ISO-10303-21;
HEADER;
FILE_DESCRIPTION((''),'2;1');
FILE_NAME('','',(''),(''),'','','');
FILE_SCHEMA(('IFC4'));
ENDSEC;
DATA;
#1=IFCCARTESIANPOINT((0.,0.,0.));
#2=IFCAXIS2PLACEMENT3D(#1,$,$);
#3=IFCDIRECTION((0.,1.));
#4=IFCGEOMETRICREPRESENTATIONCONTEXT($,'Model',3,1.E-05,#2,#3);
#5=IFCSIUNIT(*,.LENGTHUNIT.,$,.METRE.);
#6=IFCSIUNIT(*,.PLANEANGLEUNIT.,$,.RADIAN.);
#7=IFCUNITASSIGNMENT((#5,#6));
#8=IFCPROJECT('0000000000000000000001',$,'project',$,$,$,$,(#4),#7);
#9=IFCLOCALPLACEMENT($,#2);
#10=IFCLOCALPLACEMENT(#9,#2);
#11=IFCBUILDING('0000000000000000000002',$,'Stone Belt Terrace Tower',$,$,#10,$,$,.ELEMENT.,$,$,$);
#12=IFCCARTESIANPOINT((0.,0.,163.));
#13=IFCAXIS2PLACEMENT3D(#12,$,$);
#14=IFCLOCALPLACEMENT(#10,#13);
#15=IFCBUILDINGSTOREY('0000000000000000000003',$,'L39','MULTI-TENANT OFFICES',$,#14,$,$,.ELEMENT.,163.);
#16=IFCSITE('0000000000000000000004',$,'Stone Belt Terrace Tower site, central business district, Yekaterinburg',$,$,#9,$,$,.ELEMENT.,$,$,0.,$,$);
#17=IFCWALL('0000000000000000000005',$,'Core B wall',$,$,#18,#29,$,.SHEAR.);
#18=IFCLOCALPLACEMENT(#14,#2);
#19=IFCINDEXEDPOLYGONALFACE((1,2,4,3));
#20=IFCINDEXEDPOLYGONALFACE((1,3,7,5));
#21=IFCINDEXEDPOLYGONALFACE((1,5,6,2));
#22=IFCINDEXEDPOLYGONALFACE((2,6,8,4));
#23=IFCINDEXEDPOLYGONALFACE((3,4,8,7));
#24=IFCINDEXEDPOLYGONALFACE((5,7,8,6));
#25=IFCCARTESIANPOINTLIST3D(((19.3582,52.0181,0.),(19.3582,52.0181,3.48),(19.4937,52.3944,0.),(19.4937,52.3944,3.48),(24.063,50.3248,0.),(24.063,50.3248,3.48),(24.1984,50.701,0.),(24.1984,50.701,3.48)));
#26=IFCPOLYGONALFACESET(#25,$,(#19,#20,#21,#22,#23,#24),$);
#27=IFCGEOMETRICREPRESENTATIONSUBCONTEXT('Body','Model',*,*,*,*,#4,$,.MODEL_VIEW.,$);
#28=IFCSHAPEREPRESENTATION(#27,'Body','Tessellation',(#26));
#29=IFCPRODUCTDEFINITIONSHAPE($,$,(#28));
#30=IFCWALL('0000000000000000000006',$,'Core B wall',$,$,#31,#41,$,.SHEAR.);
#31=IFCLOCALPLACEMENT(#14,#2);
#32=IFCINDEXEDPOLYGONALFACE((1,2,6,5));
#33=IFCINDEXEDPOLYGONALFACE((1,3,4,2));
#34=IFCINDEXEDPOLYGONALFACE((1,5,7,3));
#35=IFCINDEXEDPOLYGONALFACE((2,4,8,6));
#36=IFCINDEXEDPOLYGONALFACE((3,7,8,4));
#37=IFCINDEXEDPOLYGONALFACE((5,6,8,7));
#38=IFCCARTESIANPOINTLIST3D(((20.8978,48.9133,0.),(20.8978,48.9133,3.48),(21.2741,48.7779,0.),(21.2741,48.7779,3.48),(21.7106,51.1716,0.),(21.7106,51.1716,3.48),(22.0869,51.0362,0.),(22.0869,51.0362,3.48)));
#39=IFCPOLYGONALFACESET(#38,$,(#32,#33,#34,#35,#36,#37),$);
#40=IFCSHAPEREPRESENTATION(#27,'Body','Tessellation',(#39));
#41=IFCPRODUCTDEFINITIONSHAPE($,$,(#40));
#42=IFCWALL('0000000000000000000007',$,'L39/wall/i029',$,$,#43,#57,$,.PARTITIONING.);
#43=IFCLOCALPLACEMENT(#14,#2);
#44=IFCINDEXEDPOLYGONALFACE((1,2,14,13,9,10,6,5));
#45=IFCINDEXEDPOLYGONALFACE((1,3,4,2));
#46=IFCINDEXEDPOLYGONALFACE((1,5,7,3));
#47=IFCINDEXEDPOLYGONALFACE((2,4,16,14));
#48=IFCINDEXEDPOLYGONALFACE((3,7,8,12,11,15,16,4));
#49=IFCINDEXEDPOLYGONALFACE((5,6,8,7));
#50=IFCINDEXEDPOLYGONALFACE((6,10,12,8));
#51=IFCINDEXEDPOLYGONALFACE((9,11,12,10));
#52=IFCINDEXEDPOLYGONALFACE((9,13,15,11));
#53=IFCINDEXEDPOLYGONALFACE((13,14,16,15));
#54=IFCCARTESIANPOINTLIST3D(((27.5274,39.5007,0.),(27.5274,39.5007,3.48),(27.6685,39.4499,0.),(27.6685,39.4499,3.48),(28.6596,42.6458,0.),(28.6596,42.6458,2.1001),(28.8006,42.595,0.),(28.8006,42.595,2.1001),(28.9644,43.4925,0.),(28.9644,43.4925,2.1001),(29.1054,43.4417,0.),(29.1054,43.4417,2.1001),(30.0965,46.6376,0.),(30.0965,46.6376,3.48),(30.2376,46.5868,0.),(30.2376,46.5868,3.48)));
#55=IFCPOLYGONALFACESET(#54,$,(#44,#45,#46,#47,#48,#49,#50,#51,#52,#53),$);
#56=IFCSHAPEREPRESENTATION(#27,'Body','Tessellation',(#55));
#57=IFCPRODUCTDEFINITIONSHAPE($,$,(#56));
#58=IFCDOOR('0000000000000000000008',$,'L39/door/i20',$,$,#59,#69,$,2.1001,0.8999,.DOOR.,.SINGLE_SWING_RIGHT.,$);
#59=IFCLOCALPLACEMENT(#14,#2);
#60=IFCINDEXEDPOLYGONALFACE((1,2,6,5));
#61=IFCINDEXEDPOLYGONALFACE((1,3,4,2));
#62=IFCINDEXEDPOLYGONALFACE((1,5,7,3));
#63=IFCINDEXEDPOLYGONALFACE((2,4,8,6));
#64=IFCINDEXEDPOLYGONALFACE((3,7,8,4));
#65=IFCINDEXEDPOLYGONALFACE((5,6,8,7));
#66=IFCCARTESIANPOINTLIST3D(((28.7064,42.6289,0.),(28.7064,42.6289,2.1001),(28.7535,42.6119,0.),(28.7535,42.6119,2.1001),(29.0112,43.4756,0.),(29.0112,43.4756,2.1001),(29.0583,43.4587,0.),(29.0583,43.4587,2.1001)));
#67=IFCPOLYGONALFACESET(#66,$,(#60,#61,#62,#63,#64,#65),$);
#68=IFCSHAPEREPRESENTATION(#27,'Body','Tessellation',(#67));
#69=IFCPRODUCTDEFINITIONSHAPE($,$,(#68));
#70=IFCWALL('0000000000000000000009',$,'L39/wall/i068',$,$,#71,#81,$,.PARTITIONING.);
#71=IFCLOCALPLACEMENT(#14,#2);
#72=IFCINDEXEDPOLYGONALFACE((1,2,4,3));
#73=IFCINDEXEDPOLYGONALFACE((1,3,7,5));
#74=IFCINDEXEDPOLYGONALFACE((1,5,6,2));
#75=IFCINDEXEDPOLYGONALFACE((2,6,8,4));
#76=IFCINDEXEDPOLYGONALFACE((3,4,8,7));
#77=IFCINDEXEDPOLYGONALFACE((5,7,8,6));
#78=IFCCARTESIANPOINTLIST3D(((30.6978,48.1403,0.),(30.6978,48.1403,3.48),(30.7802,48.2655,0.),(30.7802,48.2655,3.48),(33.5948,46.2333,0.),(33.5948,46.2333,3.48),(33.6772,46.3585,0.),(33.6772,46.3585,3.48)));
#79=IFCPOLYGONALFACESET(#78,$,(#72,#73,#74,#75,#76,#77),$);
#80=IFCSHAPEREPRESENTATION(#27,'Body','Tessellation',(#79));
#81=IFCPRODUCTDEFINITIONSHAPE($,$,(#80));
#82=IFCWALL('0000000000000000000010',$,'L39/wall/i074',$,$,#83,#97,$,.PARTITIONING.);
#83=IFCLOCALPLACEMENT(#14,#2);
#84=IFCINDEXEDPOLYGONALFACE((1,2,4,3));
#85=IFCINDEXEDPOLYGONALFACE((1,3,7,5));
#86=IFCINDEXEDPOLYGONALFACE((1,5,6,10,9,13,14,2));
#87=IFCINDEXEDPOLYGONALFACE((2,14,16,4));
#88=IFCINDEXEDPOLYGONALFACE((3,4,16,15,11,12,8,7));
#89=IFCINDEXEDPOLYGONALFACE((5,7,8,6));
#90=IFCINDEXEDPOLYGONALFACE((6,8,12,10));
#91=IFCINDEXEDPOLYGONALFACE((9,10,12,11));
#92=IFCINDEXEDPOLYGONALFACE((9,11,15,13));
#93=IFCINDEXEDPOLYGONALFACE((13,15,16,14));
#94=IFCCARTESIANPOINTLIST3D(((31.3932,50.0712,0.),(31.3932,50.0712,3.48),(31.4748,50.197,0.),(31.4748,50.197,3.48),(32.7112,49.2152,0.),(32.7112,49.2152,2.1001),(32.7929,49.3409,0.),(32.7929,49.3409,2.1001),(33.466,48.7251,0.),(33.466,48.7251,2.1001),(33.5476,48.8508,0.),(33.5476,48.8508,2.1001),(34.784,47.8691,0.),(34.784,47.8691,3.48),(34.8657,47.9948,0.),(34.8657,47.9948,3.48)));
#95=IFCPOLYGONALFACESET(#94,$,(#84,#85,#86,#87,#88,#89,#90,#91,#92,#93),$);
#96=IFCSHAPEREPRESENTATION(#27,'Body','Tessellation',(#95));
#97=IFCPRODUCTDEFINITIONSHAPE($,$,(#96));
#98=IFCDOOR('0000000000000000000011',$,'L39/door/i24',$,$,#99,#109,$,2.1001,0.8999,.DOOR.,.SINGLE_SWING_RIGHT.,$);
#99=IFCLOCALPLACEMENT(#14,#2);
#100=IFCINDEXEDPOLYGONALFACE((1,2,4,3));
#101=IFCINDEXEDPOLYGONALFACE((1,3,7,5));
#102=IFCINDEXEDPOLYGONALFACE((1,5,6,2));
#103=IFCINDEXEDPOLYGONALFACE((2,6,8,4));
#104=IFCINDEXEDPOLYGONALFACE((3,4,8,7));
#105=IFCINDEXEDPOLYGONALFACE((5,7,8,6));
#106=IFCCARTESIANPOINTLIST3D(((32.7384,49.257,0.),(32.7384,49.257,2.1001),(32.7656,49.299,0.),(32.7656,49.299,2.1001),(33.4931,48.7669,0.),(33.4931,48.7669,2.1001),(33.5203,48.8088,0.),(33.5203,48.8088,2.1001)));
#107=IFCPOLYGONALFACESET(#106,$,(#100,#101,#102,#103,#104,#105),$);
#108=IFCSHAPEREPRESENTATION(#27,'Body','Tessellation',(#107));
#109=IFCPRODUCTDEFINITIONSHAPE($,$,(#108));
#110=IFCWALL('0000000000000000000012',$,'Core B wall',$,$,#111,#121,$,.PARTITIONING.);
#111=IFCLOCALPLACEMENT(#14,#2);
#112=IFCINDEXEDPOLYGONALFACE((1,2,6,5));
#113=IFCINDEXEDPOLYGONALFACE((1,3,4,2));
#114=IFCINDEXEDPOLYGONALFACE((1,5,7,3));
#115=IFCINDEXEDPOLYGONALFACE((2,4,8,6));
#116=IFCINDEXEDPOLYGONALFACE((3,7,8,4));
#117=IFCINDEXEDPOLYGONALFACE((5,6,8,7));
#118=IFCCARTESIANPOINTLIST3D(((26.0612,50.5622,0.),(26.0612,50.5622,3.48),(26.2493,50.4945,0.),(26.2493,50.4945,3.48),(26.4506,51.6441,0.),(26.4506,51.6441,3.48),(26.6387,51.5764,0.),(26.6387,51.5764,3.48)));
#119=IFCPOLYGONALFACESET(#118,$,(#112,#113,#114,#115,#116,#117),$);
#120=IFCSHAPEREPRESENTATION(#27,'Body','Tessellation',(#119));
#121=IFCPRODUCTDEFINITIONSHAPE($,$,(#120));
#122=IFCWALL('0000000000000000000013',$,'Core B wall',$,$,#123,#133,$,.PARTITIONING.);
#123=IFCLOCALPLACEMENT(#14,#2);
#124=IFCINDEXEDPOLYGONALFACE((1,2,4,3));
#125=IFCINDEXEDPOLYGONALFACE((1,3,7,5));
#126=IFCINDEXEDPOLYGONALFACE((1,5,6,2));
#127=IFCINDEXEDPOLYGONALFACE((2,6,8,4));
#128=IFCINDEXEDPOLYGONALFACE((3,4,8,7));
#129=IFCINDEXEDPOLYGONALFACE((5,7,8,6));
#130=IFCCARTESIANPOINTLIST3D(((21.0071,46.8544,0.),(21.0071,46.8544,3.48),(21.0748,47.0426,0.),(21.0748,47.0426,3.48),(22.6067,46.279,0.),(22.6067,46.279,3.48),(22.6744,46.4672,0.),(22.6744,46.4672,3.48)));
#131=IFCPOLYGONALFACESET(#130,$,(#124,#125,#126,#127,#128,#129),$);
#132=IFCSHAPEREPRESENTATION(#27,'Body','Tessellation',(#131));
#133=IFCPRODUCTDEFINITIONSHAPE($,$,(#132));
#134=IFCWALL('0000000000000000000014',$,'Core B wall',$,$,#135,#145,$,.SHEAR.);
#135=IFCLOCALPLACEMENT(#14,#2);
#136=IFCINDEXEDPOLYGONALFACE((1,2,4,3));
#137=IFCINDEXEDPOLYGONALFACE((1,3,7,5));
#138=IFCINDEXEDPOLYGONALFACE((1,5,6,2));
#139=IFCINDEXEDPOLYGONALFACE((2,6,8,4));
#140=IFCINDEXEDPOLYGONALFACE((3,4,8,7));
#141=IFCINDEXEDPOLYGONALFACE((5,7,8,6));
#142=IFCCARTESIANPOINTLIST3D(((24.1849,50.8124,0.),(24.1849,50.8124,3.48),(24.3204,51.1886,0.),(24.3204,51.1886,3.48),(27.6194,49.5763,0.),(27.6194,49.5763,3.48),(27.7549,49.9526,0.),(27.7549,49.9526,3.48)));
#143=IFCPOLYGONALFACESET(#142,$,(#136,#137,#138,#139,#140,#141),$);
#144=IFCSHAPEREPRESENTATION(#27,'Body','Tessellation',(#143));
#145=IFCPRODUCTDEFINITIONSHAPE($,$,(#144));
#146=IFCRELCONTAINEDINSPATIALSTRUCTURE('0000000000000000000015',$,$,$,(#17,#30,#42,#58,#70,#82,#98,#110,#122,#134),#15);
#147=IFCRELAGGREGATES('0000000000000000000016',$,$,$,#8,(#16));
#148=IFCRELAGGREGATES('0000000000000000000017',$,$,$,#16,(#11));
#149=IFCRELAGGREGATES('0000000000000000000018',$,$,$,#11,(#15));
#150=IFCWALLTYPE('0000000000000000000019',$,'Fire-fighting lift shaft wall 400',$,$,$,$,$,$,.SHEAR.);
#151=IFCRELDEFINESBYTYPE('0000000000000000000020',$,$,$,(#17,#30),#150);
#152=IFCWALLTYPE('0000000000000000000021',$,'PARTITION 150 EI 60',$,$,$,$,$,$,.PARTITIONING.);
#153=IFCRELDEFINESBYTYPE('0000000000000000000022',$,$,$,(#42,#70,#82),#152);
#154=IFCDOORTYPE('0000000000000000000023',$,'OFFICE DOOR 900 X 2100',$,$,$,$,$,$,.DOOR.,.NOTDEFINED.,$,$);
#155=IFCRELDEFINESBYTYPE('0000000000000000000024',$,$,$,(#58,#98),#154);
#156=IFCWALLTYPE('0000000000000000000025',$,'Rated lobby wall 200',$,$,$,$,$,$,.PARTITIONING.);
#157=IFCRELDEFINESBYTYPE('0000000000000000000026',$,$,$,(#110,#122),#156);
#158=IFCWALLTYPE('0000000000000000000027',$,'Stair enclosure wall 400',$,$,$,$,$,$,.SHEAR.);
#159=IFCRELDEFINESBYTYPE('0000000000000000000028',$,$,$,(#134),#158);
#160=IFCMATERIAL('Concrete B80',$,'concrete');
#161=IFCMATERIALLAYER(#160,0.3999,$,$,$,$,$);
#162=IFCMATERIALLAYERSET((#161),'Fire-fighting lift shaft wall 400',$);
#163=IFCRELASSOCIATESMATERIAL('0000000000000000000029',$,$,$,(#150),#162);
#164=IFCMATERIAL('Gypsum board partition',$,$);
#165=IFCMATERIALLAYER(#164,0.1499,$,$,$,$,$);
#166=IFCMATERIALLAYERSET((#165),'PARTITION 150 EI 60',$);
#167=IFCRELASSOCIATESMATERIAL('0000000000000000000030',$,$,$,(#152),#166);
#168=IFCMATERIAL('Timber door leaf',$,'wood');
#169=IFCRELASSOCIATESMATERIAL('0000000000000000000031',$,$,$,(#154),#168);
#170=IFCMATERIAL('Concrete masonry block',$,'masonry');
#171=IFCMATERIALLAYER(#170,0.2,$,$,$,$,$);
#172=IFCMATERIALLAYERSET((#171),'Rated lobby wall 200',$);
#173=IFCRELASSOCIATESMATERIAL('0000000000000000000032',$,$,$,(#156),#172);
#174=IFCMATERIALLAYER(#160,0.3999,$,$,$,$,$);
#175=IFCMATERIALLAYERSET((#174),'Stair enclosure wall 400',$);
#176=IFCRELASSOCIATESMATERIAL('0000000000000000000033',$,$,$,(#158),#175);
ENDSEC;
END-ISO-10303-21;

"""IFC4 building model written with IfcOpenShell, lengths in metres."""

from ifc_helpers import new_model, si_unit, direction, frame, frame_2d, origin, place, context, subcontext, project, spatial, rectangle, extrude, material, layer, layer_set, type_object, element, fill, save


model = new_model("IFC4")

# Units and contexts
model_context = context("Model", 3, precision=1e-05, world=origin(), true_north=direction((0.0, 1.0)))
body_context = subcontext(model_context, "Body", "Model", "MODEL_VIEW")
ifc_project = project(units=[si_unit("LENGTHUNIT", "METRE"), si_unit("PLANEANGLEUNIT", "RADIAN")], contexts=[model_context])

# Site, building, storey
site_placement = place(None, origin())
site = spatial("IfcSite", under=ifc_project, at=site_placement, Name="Stone Belt Terrace Tower site, central business district, Yekaterinburg", CompositionType="ELEMENT", RefElevation=0.0)
building_placement = place(site_placement, origin())
building = spatial("IfcBuilding", under=site, at=building_placement, Name="Stone Belt Terrace Tower", CompositionType="ELEMENT")
storey_placement = place(building_placement, frame((0.0, 0.0, 163.0)))
storey = spatial("IfcBuildingStorey", under=building, at=storey_placement, Name="L39", Description="MULTI-TENANT OFFICES", CompositionType="ELEMENT", Elevation=163.0)

# Walls
ifc_material_1 = material(Name="Concrete B80", Category="concrete")
ifc_layer_1 = layer(ifc_material_1, 0.3999)
ifc_layer_set_1 = layer_set([ifc_layer_1], Name="Fire-fighting lift shaft wall 400")
wall_type_1 = type_object("IfcWallType", Name="Fire-fighting lift shaft wall 400", PredefinedType="SHEAR", material=ifc_layer_set_1)
wall_1_placement = place(storey_placement, frame((24.1306, 50.5129, 0.0), z_axis=(0.0, 0.0, 1.0), x_axis=(-0.940912, 0.338652, 0.0)))
element("IfcWall", 1, at=wall_1_placement, inside=storey, type_object=wall_type_1, Name="Core B wall", PredefinedType="SHEAR", context=body_context, shape_type="SweptSolid", body=[
    extrude(rectangle(XDim=5.0002, YDim=0.3999, at=frame_2d((2.5, 0.0))), origin(), (0.0, 0.0, 1.0), 3.48),
])
wall_2_placement = place(storey_placement, frame((21.0859, 48.8455, 0.0), z_axis=(0.0, 0.0, 1.0), x_axis=(0.338629, 0.94092, 0.0)))
element("IfcWall", 2, at=wall_2_placement, inside=storey, type_object=wall_type_1, Name="Core B wall", PredefinedType="SHEAR", context=body_context, shape_type="SweptSolid", body=[
    extrude(rectangle(XDim=2.4001, YDim=0.3999, at=frame_2d((1.2002, 0.0))), origin(), (0.0, 0.0, 1.0), 3.48),
])

# Wall, opening, door
ifc_material_2 = material(Name="Gypsum board partition")
ifc_layer_2 = layer(ifc_material_2, 0.1499)
ifc_layer_set_2 = layer_set([ifc_layer_2], Name="PARTITION 150 EI 60")
wall_type_2 = type_object("IfcWallType", Name="PARTITION 150 EI 60", PredefinedType="PARTITIONING", material=ifc_layer_set_2)
wall_3_placement = place(storey_placement, frame((30.167, 46.6121, 0.0), z_axis=(0.0, 0.0, 1.0), x_axis=(-0.338694, -0.940896, 0.0)))
wall_3 = element("IfcWall", 3, at=wall_3_placement, inside=storey, type_object=wall_type_2, Name="L39/wall/i029", PredefinedType="PARTITIONING", context=body_context, shape_type="SweptSolid", body=[
    extrude(rectangle(XDim=7.5852, YDim=0.1499, at=frame_2d((3.7925, 0.0))), origin(), (0.0, 0.0, 1.0), 3.48),
])
opening_1_placement = place(wall_3_placement, frame((3.3425, 0.0, 0.0)))
opening_1 = element("IfcOpeningElement", 4, at=opening_1_placement, cuts=wall_3, PredefinedType="OPENING", context=body_context, shape_type="SweptSolid", body=[
    extrude(rectangle(XDim=0.8999, YDim=2.1001, at=frame_2d((0.45, 1.05))), frame((0.0, 0.085, 0.0), z_axis=(0.0, -1.0, 0.0), x_axis=(1.0, 0.0, 0.0)), (0.0, 0.0, 1.0), 0.1699),
])
ifc_material_3 = material(Name="Timber door leaf", Category="wood")
door_type_1 = type_object("IfcDoorType", Name="OFFICE DOOR 900 X 2100", OperationType="NOTDEFINED", PredefinedType="DOOR", material=ifc_material_3)
door_1_placement = place(opening_1_placement, origin())
door_1 = element("IfcDoor", 5, at=door_1_placement, inside=storey, type_object=door_type_1, Name="L39/door/i20", OperationType="SINGLE_SWING_RIGHT", OverallHeight=2.1001, OverallWidth=0.8999, PredefinedType="DOOR", context=body_context, shape_type="SweptSolid", body=[
    extrude(rectangle(XDim=0.8999, YDim=2.1001, at=frame_2d((0.45, 1.05))), frame((0.0, 0.0249, 0.0), z_axis=(0.0, -1.0, 0.0), x_axis=(1.0, 0.0, 0.0)), (0.0, 0.0, 1.0), 0.05),
])
fill(opening_1, door_1)

# Wall
wall_4_placement = place(storey_placement, frame((30.739, 48.2029, 0.0), z_axis=(0.0, 0.0, 1.0), x_axis=(0.835274, -0.549834, 0.0)))
element("IfcWall", 6, at=wall_4_placement, inside=storey, type_object=wall_type_2, Name="L39/wall/i068", PredefinedType="PARTITIONING", context=body_context, shape_type="SweptSolid", body=[
    extrude(rectangle(XDim=3.4683, YDim=0.1499, at=frame_2d((1.7341, 0.0))), origin(), (0.0, 0.0, 1.0), 3.48),
])

# Wall, opening, door
wall_5_placement = place(storey_placement, frame((31.4341, 50.134, 0.0), z_axis=(0.0, 0.0, 1.0), x_axis=(0.83866, -0.544655, 0.0)))
wall_5 = element("IfcWall", 7, at=wall_5_placement, inside=storey, type_object=wall_type_2, Name="L39/wall/i074", PredefinedType="PARTITIONING", context=body_context, shape_type="SweptSolid", body=[
    extrude(rectangle(XDim=4.0432, YDim=0.1499, at=frame_2d((2.0215, 0.0))), origin(), (0.0, 0.0, 1.0), 3.48),
])
opening_2_placement = place(wall_5_placement, frame((1.5715, 0.0, 0.0)))
opening_2 = element("IfcOpeningElement", 8, at=opening_2_placement, cuts=wall_5, PredefinedType="OPENING", context=body_context, shape_type="SweptSolid", body=[
    extrude(rectangle(XDim=0.8999, YDim=2.1001, at=frame_2d((0.45, 1.05))), frame((0.0, 0.085, 0.0), z_axis=(0.0, -1.0, 0.0), x_axis=(1.0, 0.0, 0.0)), (0.0, 0.0, 1.0), 0.1699),
])
door_2_placement = place(opening_2_placement, origin())
door_2 = element("IfcDoor", 9, at=door_2_placement, inside=storey, type_object=door_type_1, Name="L39/door/i24", OperationType="SINGLE_SWING_RIGHT", OverallHeight=2.1001, OverallWidth=0.8999, PredefinedType="DOOR", context=body_context, shape_type="SweptSolid", body=[
    extrude(rectangle(XDim=0.8999, YDim=2.1001, at=frame_2d((0.45, 1.05))), frame((0.0, 0.0249, 0.0), z_axis=(0.0, -1.0, 0.0), x_axis=(1.0, 0.0, 0.0)), (0.0, 0.0, 1.0), 0.05),
])
fill(opening_2, door_2)

# Walls
ifc_material_4 = material(Name="Concrete masonry block", Category="masonry")
ifc_layer_3 = layer(ifc_material_4, 0.2)
ifc_layer_set_3 = layer_set([ifc_layer_3], Name="Rated lobby wall 200")
wall_type_3 = type_object("IfcWallType", Name="Rated lobby wall 200", PredefinedType="PARTITIONING", material=ifc_layer_set_3)
wall_6_placement = place(storey_placement, frame((26.1553, 50.5283, 0.0), z_axis=(0.0, 0.0, 1.0), x_axis=(0.338622, 0.940923, 0.0)))
element("IfcWall", 10, at=wall_6_placement, inside=storey, type_object=wall_type_3, Name="Core B wall", PredefinedType="PARTITIONING", context=body_context, shape_type="SweptSolid", body=[
    extrude(rectangle(XDim=1.1499, YDim=0.2, at=frame_2d((0.575, 0.0))), origin(), (0.0, 0.0, 1.0), 3.48),
])
wall_7_placement = place(storey_placement, frame((22.6406, 46.373, 0.0), z_axis=(0.0, 0.0, 1.0), x_axis=(-0.940966, 0.338501, 0.0)))
element("IfcWall", 11, at=wall_7_placement, inside=storey, type_object=wall_type_3, Name="Core B wall", PredefinedType="PARTITIONING", context=body_context, shape_type="SweptSolid", body=[
    extrude(rectangle(XDim=1.7, YDim=0.2, at=frame_2d((0.8501, 0.0))), origin(), (0.0, 0.0, 1.0), 3.48),
])
ifc_layer_4 = layer(ifc_material_1, 0.3999)
ifc_layer_set_4 = layer_set([ifc_layer_4], Name="Stair enclosure wall 400")
wall_type_4 = type_object("IfcWallType", Name="Stair enclosure wall 400", PredefinedType="SHEAR", material=ifc_layer_set_4)
wall_8_placement = place(storey_placement, frame((27.6873, 49.7644, 0.0), z_axis=(0.0, 0.0, 1.0), x_axis=(-0.940919, 0.338632, 0.0)))
element("IfcWall", 12, at=wall_8_placement, inside=storey, type_object=wall_type_4, Name="Core B wall", PredefinedType="SHEAR", context=body_context, shape_type="SweptSolid", body=[
    extrude(rectangle(XDim=3.6501, YDim=0.3999, at=frame_2d((1.8252, 0.0))), origin(), (0.0, 0.0, 1.0), 3.48),
])

save(model, "model.ifc")
